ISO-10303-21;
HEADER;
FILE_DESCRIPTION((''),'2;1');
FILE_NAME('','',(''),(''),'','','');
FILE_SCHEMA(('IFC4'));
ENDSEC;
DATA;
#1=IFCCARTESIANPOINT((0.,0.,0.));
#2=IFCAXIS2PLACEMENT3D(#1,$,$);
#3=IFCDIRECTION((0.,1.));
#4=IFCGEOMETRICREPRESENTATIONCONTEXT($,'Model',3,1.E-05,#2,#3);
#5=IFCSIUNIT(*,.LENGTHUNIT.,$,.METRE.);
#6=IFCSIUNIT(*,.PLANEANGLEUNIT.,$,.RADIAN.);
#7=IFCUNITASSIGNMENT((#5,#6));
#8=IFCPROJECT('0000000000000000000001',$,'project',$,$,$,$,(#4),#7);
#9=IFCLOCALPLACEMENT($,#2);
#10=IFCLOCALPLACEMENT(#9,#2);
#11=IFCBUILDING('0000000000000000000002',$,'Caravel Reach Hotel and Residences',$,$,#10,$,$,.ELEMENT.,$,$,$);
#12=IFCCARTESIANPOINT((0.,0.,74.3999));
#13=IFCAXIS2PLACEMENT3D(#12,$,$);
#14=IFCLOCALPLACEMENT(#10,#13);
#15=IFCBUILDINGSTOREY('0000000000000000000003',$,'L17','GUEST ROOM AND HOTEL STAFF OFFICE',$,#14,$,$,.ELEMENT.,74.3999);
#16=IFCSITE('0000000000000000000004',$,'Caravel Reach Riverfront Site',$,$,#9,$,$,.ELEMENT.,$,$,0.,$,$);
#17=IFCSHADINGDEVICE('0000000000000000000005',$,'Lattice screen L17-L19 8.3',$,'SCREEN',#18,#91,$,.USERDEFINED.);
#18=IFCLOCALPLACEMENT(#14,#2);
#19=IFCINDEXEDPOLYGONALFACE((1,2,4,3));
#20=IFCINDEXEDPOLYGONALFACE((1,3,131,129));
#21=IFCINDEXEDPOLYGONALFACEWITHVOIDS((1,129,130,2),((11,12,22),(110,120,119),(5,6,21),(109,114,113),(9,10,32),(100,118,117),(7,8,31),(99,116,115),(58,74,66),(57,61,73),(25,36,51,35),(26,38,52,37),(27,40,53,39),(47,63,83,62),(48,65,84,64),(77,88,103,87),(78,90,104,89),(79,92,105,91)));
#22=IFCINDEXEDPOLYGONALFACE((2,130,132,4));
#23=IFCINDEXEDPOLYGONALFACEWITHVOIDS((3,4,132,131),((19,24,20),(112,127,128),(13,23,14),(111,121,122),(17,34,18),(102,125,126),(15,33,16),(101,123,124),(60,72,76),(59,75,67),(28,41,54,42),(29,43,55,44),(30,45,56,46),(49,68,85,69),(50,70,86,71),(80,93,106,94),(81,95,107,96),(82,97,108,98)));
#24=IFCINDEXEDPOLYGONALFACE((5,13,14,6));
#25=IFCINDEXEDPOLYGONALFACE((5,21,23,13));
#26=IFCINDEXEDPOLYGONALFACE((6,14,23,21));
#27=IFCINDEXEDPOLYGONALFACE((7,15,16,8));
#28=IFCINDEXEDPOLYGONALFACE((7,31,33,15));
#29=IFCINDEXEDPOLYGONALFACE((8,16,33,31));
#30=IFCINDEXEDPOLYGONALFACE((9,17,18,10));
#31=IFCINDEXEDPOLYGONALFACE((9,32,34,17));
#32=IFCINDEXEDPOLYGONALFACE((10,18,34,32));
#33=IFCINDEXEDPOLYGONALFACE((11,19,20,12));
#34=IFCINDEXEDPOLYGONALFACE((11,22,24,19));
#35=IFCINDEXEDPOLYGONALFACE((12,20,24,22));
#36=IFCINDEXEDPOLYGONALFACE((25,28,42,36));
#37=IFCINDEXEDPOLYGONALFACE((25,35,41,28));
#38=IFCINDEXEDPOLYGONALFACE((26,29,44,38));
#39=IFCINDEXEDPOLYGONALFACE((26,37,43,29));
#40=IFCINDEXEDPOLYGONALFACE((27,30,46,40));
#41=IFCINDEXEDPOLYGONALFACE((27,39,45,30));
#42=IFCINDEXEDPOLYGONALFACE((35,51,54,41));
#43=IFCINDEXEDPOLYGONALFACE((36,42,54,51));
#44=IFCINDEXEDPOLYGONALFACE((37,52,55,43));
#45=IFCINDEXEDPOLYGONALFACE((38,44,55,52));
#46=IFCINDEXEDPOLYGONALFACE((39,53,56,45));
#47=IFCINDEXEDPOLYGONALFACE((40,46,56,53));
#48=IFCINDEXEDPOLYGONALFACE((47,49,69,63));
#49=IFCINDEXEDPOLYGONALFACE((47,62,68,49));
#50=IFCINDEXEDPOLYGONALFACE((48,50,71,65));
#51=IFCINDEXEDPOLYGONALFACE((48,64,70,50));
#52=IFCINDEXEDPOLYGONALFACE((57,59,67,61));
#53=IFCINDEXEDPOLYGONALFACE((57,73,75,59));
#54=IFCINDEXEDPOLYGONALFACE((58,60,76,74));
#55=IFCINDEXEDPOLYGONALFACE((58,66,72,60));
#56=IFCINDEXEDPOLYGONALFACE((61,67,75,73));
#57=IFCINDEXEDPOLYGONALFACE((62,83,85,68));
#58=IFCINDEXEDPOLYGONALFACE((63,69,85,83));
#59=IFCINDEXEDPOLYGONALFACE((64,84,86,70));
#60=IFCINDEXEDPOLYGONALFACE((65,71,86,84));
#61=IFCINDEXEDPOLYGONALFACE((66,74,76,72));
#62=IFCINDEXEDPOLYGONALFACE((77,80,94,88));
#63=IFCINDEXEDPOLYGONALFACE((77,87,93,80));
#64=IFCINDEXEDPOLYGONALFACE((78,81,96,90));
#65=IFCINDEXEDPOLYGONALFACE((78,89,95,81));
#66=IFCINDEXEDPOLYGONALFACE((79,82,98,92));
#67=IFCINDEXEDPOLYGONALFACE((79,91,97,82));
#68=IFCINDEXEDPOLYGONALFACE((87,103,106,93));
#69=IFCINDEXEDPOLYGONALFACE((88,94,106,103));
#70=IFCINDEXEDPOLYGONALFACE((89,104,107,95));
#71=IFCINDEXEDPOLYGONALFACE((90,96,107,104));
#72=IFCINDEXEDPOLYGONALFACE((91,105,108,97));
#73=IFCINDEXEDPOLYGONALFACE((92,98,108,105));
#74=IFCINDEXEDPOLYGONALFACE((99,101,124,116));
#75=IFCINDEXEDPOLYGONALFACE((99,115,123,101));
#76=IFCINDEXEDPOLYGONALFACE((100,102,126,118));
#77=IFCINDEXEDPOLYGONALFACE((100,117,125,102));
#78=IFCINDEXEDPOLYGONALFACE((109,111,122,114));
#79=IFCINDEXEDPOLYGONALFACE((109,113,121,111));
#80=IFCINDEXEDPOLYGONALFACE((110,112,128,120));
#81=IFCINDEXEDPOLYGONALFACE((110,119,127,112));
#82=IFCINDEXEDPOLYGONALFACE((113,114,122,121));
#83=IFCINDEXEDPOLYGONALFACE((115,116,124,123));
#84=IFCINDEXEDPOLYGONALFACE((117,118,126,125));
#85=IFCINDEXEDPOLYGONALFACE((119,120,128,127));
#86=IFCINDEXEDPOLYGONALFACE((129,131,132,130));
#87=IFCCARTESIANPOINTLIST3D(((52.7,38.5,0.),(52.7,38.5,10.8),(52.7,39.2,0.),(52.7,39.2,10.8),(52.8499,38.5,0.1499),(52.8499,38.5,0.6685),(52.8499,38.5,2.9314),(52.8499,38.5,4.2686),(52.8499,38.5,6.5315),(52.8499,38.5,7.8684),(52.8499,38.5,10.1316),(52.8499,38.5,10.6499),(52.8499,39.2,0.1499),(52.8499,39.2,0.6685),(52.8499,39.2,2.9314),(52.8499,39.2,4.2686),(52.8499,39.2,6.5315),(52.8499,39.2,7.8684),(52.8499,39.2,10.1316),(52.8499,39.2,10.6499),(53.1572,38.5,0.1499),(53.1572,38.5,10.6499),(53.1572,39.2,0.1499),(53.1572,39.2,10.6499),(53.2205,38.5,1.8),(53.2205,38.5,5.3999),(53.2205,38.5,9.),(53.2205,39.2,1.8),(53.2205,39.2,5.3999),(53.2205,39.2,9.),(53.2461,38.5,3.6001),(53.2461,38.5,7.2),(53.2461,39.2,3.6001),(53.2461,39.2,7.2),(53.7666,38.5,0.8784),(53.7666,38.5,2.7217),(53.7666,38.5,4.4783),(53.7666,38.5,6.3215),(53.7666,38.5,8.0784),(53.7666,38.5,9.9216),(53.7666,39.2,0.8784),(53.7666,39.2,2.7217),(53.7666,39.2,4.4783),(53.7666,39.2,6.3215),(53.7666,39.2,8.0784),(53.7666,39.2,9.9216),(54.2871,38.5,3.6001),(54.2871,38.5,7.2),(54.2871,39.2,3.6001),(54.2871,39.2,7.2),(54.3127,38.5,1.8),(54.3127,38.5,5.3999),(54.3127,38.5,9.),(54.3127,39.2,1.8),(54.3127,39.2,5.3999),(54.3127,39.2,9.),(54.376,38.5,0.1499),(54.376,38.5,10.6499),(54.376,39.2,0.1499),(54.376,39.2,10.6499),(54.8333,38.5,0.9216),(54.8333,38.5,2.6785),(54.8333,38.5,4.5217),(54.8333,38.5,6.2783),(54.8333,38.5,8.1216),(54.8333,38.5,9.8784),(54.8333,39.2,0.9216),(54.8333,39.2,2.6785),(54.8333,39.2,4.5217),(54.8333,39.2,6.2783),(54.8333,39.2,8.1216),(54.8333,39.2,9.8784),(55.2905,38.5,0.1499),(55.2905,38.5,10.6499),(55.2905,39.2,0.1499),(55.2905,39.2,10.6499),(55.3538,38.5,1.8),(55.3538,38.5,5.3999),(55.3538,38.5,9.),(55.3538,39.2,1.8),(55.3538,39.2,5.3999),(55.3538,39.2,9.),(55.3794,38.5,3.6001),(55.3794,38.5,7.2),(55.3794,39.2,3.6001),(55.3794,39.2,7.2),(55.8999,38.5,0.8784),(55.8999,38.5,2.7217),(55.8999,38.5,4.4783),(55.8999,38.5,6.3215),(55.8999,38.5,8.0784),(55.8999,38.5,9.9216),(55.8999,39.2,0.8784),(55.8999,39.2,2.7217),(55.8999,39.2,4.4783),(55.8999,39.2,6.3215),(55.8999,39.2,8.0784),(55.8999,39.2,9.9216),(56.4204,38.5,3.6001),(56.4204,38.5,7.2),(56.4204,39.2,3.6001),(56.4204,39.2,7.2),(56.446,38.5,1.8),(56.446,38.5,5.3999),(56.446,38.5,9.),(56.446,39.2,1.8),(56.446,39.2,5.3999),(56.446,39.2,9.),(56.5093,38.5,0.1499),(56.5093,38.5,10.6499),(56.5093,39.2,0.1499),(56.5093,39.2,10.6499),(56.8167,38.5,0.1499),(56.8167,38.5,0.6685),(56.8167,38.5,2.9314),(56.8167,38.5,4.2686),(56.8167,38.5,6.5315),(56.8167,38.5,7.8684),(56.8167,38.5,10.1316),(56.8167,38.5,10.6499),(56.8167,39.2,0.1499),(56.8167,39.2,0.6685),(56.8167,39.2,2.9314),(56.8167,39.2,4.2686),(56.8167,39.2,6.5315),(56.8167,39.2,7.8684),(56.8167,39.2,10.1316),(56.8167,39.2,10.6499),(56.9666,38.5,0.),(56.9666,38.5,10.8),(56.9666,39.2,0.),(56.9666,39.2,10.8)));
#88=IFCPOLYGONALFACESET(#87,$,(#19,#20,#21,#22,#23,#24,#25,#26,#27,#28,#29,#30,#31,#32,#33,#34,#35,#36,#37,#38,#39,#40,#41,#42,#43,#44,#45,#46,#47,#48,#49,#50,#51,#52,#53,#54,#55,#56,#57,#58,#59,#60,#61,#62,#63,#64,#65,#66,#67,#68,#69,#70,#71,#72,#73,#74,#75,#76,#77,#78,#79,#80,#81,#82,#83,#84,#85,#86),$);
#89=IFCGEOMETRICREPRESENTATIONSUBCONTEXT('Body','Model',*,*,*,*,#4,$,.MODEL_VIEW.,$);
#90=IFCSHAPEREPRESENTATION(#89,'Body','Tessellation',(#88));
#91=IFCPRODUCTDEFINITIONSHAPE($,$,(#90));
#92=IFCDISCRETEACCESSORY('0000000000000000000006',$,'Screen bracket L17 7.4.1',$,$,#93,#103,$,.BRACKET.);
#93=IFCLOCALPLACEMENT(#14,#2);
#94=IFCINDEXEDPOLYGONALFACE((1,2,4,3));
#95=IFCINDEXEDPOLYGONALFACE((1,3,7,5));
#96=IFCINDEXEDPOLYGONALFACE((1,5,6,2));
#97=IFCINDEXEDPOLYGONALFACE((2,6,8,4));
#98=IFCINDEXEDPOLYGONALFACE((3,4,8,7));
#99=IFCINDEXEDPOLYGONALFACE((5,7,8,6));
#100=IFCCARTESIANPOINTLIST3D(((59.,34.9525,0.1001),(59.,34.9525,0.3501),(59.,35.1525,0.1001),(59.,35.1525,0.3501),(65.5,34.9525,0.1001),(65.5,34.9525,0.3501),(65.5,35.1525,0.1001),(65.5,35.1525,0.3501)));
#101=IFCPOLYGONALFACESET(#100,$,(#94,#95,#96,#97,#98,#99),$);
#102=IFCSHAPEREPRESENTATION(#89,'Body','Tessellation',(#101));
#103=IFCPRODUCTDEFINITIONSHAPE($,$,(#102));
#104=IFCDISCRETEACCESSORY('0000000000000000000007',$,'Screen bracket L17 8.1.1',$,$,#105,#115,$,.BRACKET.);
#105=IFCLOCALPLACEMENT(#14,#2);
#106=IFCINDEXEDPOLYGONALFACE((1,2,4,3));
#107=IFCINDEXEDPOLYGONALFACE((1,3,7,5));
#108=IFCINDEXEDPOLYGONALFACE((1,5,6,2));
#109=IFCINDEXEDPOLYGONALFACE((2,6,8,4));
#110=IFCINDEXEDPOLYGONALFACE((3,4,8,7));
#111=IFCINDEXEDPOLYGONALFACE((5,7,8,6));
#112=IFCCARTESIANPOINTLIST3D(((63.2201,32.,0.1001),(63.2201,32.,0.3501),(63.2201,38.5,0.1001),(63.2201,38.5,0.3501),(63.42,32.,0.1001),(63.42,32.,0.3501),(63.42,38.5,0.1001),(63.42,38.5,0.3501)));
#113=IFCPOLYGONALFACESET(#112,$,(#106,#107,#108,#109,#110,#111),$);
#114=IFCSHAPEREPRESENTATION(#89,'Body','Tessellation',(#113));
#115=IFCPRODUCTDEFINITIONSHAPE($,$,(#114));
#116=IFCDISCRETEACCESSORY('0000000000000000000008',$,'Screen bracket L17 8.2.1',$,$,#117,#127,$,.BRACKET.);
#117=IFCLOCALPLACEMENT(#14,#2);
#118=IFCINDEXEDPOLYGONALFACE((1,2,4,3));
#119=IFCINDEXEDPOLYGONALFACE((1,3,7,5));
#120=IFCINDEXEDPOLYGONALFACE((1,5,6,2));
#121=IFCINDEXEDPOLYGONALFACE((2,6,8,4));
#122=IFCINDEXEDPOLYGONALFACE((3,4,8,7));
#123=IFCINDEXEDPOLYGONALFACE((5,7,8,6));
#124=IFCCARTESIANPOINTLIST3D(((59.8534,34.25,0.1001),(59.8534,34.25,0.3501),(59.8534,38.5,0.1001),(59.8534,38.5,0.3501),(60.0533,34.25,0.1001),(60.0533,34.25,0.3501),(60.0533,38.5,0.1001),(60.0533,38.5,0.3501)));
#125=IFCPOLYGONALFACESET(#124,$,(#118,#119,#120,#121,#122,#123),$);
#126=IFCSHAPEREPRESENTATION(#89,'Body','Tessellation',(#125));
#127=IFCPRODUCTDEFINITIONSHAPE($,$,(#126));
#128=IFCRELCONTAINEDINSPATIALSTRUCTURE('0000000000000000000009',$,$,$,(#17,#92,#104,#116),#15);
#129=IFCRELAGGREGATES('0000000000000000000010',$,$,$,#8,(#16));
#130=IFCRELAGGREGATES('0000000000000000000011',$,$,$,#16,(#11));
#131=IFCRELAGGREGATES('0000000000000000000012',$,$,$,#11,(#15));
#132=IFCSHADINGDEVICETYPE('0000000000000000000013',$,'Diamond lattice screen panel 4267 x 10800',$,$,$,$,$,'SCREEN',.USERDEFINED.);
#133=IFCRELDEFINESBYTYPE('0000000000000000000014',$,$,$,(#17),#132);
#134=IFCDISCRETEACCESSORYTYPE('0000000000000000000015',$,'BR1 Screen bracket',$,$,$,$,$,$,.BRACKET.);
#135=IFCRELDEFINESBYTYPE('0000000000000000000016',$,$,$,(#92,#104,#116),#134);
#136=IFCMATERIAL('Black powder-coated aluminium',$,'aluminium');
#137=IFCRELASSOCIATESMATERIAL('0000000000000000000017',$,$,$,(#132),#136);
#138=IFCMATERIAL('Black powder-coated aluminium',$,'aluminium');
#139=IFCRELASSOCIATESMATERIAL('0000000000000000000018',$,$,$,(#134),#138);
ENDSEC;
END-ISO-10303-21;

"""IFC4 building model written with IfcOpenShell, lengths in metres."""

from ifc_helpers import new_model, si_unit, direction, frame, origin, origin_2d, place, context, subcontext, project, spatial, polyline, rectangle, outline, extrude, material, type_object, element, save


model = new_model("IFC4")

# Units and contexts
model_context = context("Model", 3, precision=1e-05, world=origin(), true_north=direction((0.0, 1.0)))
body_context = subcontext(model_context, "Body", "Model", "MODEL_VIEW")
ifc_project = project(units=[si_unit("LENGTHUNIT", "METRE"), si_unit("PLANEANGLEUNIT", "RADIAN")], contexts=[model_context])

# Site, building, storey
site_placement = place(None, origin())
site = spatial("IfcSite", under=ifc_project, at=site_placement, Name="Caravel Reach Riverfront Site", CompositionType="ELEMENT", RefElevation=0.0)
building_placement = place(site_placement, origin())
building = spatial("IfcBuilding", under=site, at=building_placement, Name="Caravel Reach Hotel and Residences", CompositionType="ELEMENT")
storey_placement = place(building_placement, frame((0.0, 0.0, 74.3999)))
storey = spatial("IfcBuildingStorey", under=building, at=storey_placement, Name="L17", Description="GUEST ROOM AND HOTEL STAFF OFFICE", CompositionType="ELEMENT", Elevation=74.3999)

# Shading device
ifc_material_1 = material(Name="Black powder-coated aluminium", Category="aluminium")
shading_device_type = type_object("IfcShadingDeviceType", Name="Diamond lattice screen panel 4267 x 10800", ElementType="SCREEN", PredefinedType="USERDEFINED", material=ifc_material_1)
shading_device_1_placement = place(storey_placement, frame((56.9666, 38.5, 0.0), z_axis=(0.0, 1.0, 0.0), x_axis=(-1.0, 0.0, 0.0)))
element("IfcShadingDevice", 1, at=shading_device_1_placement, inside=storey, type_object=shading_device_type, Name="Lattice screen L17-L19 8.3", ObjectType="SCREEN", PredefinedType="USERDEFINED", context=body_context, shape_type="SweptSolid", body=[
    extrude(outline(polyline([(0.0, 0.0), (4.2666, 0.0), (4.2666, 10.8), (0.0, 10.8), (0.0, 0.0)]), holes=[polyline([(0.4573, 0.1499), (0.1499, 0.6685), (0.1499, 0.1499), (0.4573, 0.1499)]), polyline([(0.5461, 3.6001), (0.1499, 4.2686), (0.1499, 2.9314), (0.5461, 3.6001)]), polyline([(0.5461, 7.2), (0.1499, 7.8684), (0.1499, 6.5315), (0.5461, 7.2)]), polyline([(0.1499, 10.1316), (0.4573, 10.6499), (0.1499, 10.6499), (0.1499, 10.1316)]), polyline([(1.0667, 2.7217), (0.5205, 1.8), (1.0667, 0.8784), (1.6128, 1.8), (1.0667, 2.7217)]), polyline([(1.0667, 6.3215), (0.5205, 5.3999), (1.0667, 4.4783), (1.6128, 5.3999), (1.0667, 6.3215)]), polyline([(1.0667, 9.9216), (0.5205, 9.0), (1.0667, 8.0784), (1.6128, 9.0), (1.0667, 9.9216)]), polyline([(2.1333, 0.9216), (1.676, 0.1499), (2.5906, 0.1499), (2.1333, 0.9216)]), polyline([(2.1333, 4.5217), (1.5872, 3.6001), (2.1333, 2.6785), (2.6794, 3.6001), (2.1333, 4.5217)]), polyline([(2.1333, 8.1216), (1.5872, 7.2), (2.1333, 6.2783), (2.6794, 7.2), (2.1333, 8.1216)]), polyline([(2.1333, 9.8784), (2.5906, 10.6499), (1.676, 10.6499), (2.1333, 9.8784)]), polyline([(3.2, 2.7217), (2.6538, 1.8), (3.2, 0.8784), (3.7461, 1.8), (3.2, 2.7217)]), polyline([(3.2, 6.3215), (2.6538, 5.3999), (3.2, 4.4783), (3.7461, 5.3999), (3.2, 6.3215)]), polyline([(3.2, 9.9216), (2.6538, 9.0), (3.2, 8.0784), (3.7461, 9.0), (3.2, 9.9216)]), polyline([(4.1167, 0.6685), (3.8093, 0.1499), (4.1167, 0.1499), (4.1167, 0.6685)]), polyline([(3.7205, 3.6001), (4.1167, 2.9314), (4.1167, 4.2686), (3.7205, 3.6001)]), polyline([(3.7205, 7.2), (4.1167, 6.5315), (4.1167, 7.8684), (3.7205, 7.2)]), polyline([(3.8093, 10.6499), (4.1167, 10.1316), (4.1167, 10.6499), (3.8093, 10.6499)])]), origin(), (0.0, 0.0, 1.0), 0.7),
])

# Discrete accessories
ifc_material_2 = material(Name="Black powder-coated aluminium", Category="aluminium")
discrete_accessory_type = type_object("IfcDiscreteAccessoryType", Name="BR1 Screen bracket", PredefinedType="BRACKET", material=ifc_material_2)
for number, where, z_axis, x_axis, name in (
    (2, (62.25, 35.0525, 0.1001), (0.0, 0.0, 1.0), (1.0, 0.0, 0.0), "Screen bracket L17 7.4.1"),
    (3, (63.3201, 35.25, 0.1001), (0.0, 0.0, 1.0), (0.0, 1.0, 0.0), "Screen bracket L17 8.1.1"),
):
    element("IfcDiscreteAccessory", number, at=place(storey_placement, frame(where, z_axis=z_axis, x_axis=x_axis)), inside=storey, type_object=discrete_accessory_type, Name=name, PredefinedType="BRACKET", context=body_context, shape_type="SweptSolid", body=[
        extrude(rectangle(XDim=6.5, YDim=0.2, at=origin_2d()), origin(), (0.0, 0.0, 1.0), 0.25),
    ])
discrete_accessory_placement = place(storey_placement, frame((59.9534, 36.375, 0.1001), z_axis=(0.0, 0.0, 1.0), x_axis=(0.0, 1.0, 0.0)))
element("IfcDiscreteAccessory", 4, at=discrete_accessory_placement, inside=storey, type_object=discrete_accessory_type, Name="Screen bracket L17 8.2.1", PredefinedType="BRACKET", context=body_context, shape_type="SweptSolid", body=[
    extrude(rectangle(XDim=4.25, YDim=0.2, at=origin_2d()), origin(), (0.0, 0.0, 1.0), 0.25),
])

save(model, "model.ifc")
